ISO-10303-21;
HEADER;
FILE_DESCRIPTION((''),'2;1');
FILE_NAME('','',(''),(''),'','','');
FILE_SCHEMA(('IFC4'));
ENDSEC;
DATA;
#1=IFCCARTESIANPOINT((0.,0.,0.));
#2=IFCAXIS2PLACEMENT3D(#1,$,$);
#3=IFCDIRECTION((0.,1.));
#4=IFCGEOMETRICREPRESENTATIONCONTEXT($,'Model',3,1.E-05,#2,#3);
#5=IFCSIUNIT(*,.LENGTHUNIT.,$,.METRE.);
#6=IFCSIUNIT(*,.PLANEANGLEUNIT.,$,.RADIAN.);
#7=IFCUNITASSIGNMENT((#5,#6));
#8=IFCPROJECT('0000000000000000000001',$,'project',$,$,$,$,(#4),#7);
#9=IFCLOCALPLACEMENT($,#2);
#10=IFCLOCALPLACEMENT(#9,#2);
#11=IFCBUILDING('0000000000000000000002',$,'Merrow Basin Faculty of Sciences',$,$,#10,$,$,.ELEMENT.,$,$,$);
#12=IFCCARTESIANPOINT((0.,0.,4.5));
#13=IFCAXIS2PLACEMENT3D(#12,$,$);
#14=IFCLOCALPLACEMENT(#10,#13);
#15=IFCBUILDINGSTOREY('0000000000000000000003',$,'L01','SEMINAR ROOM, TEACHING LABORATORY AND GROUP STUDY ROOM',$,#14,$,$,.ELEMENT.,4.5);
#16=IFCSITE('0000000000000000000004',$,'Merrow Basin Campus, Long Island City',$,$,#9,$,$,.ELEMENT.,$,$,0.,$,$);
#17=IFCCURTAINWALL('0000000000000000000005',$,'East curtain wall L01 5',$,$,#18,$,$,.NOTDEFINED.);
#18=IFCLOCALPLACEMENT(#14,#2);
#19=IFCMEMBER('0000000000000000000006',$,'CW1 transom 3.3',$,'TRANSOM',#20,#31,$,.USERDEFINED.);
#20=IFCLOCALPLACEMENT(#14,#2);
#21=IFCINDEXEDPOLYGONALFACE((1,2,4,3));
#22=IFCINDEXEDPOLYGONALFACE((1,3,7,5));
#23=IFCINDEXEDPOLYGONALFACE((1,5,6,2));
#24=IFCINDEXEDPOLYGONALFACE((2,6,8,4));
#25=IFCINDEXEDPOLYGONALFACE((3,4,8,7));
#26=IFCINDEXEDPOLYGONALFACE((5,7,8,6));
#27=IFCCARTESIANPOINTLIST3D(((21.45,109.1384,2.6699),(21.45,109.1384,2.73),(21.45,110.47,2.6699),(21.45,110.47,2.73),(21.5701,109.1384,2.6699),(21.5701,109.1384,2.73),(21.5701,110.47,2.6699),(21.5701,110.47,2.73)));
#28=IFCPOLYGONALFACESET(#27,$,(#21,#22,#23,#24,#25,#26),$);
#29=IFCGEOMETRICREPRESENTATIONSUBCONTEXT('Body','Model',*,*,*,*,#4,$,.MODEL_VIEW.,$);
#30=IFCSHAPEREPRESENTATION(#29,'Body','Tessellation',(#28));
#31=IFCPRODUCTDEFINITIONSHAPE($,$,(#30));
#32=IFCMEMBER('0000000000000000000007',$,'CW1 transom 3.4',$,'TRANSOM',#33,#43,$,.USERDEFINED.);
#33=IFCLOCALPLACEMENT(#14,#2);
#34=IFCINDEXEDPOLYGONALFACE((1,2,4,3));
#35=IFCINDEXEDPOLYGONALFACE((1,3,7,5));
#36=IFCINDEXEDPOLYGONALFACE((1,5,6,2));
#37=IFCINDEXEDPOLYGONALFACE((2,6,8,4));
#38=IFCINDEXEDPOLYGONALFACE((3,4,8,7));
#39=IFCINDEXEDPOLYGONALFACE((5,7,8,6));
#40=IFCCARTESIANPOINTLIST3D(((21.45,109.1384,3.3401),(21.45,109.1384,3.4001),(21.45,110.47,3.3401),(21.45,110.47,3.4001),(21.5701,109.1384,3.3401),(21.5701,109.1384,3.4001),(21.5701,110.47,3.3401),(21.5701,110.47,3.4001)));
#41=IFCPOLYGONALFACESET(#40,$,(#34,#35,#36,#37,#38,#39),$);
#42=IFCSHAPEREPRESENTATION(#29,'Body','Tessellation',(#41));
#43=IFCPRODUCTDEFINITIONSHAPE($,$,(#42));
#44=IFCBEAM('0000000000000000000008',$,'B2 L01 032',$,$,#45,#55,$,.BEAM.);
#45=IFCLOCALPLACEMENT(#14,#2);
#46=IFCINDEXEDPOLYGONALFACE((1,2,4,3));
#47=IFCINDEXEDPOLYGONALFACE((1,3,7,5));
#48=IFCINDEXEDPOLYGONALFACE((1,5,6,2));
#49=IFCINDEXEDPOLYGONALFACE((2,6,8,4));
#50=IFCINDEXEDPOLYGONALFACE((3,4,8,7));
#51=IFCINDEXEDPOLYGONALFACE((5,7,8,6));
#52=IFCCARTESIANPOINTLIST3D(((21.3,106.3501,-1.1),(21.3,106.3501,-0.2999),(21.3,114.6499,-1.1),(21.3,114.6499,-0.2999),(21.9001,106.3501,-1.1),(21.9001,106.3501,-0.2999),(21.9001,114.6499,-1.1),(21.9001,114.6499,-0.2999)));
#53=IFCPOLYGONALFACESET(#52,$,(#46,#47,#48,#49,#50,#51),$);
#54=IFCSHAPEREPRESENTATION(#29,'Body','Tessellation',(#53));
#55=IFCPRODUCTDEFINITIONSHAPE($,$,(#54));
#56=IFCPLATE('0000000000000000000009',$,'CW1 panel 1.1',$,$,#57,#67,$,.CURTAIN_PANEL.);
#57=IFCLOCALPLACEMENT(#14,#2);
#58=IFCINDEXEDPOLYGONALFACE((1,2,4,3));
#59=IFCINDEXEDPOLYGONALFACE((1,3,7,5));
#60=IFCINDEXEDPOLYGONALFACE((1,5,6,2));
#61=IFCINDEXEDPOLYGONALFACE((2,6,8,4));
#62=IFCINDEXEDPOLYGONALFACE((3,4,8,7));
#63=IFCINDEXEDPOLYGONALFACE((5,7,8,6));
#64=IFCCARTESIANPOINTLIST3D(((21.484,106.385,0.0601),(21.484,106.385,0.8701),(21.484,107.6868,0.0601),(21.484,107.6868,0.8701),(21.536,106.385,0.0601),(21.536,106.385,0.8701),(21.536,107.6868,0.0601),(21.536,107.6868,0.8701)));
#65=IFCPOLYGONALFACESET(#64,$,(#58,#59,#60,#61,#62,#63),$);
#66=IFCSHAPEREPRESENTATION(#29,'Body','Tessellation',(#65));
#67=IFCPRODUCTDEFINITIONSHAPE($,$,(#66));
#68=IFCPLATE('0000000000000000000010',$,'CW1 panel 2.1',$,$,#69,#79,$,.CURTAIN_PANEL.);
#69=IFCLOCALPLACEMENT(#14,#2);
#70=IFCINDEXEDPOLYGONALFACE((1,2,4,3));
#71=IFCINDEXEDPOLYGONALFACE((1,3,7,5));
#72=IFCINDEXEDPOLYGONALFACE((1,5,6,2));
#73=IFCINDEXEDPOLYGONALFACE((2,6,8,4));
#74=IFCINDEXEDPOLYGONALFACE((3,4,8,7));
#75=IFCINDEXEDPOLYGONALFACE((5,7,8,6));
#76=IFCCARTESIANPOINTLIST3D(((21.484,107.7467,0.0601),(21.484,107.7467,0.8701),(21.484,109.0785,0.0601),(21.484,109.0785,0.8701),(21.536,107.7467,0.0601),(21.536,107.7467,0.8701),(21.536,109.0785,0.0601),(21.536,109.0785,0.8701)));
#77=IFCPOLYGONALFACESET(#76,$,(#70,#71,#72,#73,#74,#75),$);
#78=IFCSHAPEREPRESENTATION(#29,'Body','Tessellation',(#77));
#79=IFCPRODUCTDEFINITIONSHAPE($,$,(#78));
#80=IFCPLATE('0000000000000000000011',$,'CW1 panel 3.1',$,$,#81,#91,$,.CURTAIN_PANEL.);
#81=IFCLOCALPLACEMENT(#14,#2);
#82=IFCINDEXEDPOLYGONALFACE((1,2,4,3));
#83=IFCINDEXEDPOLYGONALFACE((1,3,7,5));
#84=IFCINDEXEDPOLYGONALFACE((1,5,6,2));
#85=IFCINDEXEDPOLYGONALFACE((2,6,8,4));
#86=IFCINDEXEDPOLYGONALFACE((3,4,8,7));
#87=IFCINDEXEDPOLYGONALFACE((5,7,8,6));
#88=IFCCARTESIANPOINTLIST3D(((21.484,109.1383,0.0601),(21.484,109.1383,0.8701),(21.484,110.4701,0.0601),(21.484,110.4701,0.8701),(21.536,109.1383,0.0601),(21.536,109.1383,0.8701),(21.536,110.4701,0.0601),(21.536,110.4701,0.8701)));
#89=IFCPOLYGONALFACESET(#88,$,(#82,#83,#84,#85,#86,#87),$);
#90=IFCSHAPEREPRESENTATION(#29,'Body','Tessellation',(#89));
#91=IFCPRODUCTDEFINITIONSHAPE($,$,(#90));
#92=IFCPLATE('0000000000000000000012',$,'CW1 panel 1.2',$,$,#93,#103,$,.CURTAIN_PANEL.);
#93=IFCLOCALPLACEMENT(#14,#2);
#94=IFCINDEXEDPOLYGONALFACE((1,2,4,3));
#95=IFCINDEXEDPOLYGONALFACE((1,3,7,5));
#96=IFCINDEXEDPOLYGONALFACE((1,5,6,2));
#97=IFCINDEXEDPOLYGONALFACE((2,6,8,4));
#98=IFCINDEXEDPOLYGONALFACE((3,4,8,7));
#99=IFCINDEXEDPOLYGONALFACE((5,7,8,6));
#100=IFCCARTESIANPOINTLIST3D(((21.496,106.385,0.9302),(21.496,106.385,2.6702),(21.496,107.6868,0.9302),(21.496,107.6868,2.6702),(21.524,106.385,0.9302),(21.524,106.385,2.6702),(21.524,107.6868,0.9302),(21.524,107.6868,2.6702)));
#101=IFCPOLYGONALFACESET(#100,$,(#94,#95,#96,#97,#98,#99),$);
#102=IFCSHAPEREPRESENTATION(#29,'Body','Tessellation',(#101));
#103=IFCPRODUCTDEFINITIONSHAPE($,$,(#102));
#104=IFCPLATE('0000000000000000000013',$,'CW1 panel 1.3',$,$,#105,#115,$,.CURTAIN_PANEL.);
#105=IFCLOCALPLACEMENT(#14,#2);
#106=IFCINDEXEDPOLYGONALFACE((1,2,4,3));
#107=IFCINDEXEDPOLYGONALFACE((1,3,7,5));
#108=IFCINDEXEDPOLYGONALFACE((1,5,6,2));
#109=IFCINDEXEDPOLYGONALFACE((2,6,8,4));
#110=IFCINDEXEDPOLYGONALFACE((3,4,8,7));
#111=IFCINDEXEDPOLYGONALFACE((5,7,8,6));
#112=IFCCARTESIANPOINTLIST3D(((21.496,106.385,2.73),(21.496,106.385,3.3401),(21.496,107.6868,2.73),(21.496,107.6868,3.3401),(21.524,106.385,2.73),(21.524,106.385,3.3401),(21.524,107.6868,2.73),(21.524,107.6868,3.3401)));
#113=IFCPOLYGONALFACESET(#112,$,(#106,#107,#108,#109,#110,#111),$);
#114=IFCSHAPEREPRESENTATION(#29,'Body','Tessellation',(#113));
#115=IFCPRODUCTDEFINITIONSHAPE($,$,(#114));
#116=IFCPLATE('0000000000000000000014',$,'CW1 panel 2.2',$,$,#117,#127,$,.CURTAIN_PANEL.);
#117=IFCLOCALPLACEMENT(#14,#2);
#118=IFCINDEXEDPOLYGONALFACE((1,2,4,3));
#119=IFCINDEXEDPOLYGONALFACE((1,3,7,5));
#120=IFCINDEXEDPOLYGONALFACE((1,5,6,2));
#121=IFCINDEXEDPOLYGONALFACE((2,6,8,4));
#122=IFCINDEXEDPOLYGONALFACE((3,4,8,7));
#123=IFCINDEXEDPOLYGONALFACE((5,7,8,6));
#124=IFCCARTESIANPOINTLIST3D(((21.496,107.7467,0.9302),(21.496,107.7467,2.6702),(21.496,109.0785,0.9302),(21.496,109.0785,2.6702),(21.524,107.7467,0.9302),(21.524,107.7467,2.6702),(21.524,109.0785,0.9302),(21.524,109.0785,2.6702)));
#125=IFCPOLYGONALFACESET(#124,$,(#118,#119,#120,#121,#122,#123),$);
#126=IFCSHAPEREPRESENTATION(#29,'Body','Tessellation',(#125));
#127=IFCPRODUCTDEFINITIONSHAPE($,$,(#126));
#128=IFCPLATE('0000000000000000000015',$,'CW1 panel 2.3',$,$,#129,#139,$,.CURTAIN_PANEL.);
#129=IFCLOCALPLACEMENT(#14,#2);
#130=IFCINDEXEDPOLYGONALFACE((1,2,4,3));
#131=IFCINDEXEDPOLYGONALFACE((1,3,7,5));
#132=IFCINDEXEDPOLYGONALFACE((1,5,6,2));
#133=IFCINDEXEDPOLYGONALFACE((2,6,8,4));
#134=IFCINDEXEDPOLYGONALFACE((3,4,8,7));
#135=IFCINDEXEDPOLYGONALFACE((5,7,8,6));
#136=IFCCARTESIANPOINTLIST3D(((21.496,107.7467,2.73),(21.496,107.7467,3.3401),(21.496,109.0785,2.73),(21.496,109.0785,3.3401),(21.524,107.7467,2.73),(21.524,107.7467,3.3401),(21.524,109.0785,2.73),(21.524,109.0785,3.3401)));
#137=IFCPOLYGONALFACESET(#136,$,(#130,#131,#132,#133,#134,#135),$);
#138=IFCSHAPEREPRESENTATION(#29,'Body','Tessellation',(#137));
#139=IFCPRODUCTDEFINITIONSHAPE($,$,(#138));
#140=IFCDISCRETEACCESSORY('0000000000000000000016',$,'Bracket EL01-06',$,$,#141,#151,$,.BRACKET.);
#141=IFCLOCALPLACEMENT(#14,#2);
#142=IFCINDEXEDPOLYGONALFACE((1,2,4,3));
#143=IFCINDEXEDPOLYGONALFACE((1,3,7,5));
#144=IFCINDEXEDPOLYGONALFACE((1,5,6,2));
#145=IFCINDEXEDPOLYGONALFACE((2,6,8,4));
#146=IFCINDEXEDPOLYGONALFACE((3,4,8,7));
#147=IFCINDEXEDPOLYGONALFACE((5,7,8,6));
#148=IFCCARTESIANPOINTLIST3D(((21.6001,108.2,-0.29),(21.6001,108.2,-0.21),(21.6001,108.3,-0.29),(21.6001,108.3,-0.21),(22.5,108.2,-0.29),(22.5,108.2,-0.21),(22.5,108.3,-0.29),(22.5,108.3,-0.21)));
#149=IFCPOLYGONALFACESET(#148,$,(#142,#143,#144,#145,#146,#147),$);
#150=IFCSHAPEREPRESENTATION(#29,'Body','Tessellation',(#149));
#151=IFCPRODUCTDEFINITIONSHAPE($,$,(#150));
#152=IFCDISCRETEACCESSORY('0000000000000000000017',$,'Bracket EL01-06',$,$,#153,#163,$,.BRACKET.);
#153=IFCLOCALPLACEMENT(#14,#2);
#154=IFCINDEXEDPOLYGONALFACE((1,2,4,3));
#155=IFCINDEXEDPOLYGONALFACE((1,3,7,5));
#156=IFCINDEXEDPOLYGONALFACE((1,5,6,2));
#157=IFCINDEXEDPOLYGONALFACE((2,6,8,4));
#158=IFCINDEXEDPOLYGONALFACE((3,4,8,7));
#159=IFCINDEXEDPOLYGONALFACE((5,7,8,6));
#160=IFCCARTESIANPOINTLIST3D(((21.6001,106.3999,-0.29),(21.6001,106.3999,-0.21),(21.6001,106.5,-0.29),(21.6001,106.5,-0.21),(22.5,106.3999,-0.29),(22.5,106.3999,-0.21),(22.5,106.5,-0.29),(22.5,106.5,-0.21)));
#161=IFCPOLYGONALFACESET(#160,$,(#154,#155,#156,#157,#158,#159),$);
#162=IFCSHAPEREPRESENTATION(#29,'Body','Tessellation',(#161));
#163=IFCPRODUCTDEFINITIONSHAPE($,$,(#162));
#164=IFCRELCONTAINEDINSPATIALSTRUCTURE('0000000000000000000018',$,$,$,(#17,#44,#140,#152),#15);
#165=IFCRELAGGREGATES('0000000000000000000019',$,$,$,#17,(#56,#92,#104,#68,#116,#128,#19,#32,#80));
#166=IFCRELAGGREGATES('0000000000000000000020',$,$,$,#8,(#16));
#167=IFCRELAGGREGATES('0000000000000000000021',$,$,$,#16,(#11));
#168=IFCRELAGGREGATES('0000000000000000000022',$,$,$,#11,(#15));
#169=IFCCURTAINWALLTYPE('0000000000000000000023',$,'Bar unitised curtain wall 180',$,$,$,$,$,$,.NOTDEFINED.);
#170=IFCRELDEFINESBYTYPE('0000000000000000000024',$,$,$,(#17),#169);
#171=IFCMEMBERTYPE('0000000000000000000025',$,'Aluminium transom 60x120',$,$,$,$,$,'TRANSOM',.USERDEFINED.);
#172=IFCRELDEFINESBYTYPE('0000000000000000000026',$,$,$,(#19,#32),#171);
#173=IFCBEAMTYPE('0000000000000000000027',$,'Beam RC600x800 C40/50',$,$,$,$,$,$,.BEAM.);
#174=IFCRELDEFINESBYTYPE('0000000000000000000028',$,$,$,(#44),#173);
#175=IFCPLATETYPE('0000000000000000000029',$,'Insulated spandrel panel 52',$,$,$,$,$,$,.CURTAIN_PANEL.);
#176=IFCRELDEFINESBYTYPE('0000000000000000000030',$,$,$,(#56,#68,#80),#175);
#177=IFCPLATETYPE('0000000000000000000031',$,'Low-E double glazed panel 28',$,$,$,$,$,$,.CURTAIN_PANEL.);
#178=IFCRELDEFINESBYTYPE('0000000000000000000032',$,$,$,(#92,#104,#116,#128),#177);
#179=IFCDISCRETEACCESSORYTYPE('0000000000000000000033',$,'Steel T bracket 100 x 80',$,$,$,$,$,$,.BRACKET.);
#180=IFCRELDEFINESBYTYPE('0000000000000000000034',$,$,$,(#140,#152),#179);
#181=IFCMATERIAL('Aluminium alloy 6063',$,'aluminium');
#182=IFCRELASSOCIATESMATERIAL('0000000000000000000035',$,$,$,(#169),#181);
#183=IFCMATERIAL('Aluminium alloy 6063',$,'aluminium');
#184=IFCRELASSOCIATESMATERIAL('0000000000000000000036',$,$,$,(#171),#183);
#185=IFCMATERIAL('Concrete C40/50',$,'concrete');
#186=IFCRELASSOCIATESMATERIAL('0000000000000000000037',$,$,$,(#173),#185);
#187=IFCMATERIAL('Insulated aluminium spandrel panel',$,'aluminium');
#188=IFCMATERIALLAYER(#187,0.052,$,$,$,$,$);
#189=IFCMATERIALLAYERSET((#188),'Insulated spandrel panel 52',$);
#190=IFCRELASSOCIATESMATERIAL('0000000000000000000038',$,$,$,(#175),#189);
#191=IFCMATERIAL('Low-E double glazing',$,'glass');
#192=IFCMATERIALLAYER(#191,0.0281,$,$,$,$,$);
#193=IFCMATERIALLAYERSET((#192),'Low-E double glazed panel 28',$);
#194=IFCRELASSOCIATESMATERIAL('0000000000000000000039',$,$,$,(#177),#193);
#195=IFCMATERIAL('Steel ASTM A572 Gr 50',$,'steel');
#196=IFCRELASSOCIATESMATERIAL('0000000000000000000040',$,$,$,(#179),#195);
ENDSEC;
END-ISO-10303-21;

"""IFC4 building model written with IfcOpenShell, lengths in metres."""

from ifc_helpers import new_model, si_unit, direction, frame, origin, origin_2d, place, context, subcontext, project, spatial, polyline, rectangle, outline, extrude, source, transform, mapped, material, layer, layer_set, material_profile, profile_set, type_object, element, aggregate, save


model = new_model("IFC4")

# Units and contexts
model_context = context("Model", 3, precision=1e-05, world=origin(), true_north=direction((0.0, 1.0)))
body_context = subcontext(model_context, "Body", "Model", "MODEL_VIEW")
ifc_project = project(units=[si_unit("LENGTHUNIT", "METRE"), si_unit("PLANEANGLEUNIT", "RADIAN")], contexts=[model_context])

# Site, building, storey
site_placement = place(None, origin())
site = spatial("IfcSite", under=ifc_project, at=site_placement, Name="Merrow Basin Campus, Long Island City", CompositionType="ELEMENT", RefElevation=0.0)
building_placement = place(site_placement, origin())
building = spatial("IfcBuilding", under=site, at=building_placement, Name="Merrow Basin Faculty of Sciences", CompositionType="ELEMENT")
storey_placement = place(building_placement, frame((0.0, 0.0, 4.5)))
storey = spatial("IfcBuildingStorey", under=building, at=storey_placement, Name="L01", Description="SEMINAR ROOM, TEACHING LABORATORY AND GROUP STUDY ROOM", CompositionType="ELEMENT", Elevation=4.5)

# Curtain wall, members
ifc_material_1 = material(Name="Aluminium alloy 6063", Category="aluminium")
curtain_wall_type = type_object("IfcCurtainWallType", Name="Bar unitised curtain wall 180", PredefinedType="NOTDEFINED", material=ifc_material_1)
curtain_wall_placement = place(storey_placement, origin())
curtain_wall = element("IfcCurtainWall", 1, at=curtain_wall_placement, inside=storey, type_object=curtain_wall_type, Name="East curtain wall L01 5", PredefinedType="NOTDEFINED")
ifc_material_2 = material(Name="Aluminium alloy 6063", Category="aluminium")
ifc_material_profile_1 = material_profile(ifc_material_2, rectangle(XDim=0.1201, YDim=0.0601, at=origin_2d()))
ifc_profile_set_1 = profile_set([ifc_material_profile_1], Name="Aluminium alloy 6063")
member_type_1 = type_object("IfcMemberType", Name="Aluminium transom 60x120", ElementType="TRANSOM", PredefinedType="USERDEFINED", material=ifc_profile_set_1)
member_1_placement = place(storey_placement, frame((21.51, 109.1384, 2.7), z_axis=(0.0, 1.0, 0.0), x_axis=(-1.0, 0.0, 0.0)))
member_1 = element("IfcMember", 2, at=member_1_placement, type_object=member_type_1, Name="CW1 transom 3.3", ObjectType="TRANSOM", PredefinedType="USERDEFINED", context=body_context, shape_type="SweptSolid", body=[
    extrude(rectangle(XDim=0.1201, YDim=0.0601, at=origin_2d()), origin(), (0.0, 0.0, 1.0), 1.3315),
])
member_2_placement = place(storey_placement, frame((21.51, 109.1384, 3.3701), z_axis=(0.0, 1.0, 0.0), x_axis=(-1.0, 0.0, 0.0)))
member_2 = element("IfcMember", 3, at=member_2_placement, type_object=member_type_1, Name="CW1 transom 3.4", ObjectType="TRANSOM", PredefinedType="USERDEFINED", context=body_context, shape_type="SweptSolid", body=[
    extrude(rectangle(XDim=0.1201, YDim=0.0601, at=origin_2d()), origin(), (0.0, 0.0, 1.0), 1.3315),
])

# Beam
ifc_material_3 = material(Name="Concrete C40/50", Category="concrete")
ifc_material_profile_2 = material_profile(ifc_material_3, rectangle(XDim=0.6001, YDim=0.8, at=origin_2d()))
ifc_profile_set_2 = profile_set([ifc_material_profile_2], Name="Concrete C40/50")
beam_type = type_object("IfcBeamType", Name="Beam RC600x800 C40/50", PredefinedType="BEAM", material=ifc_profile_set_2)
beam_placement = place(storey_placement, frame((21.6001, 106.3501, -0.7), z_axis=(0.0, 1.0, 0.0), x_axis=(-1.0, 0.0, 0.0)))
element("IfcBeam", 4, at=beam_placement, inside=storey, type_object=beam_type, Name="B2 L01 032", PredefinedType="BEAM", context=body_context, shape_type="SweptSolid", body=[
    extrude(rectangle(XDim=0.6001, YDim=0.8, at=origin_2d()), origin(), (0.0, 0.0, 1.0), 8.2998),
])

# Plates
ifc_material_4 = material(Name="Insulated aluminium spandrel panel", Category="aluminium")
ifc_layer_1 = layer(ifc_material_4, 0.052)
ifc_layer_set_1 = layer_set([ifc_layer_1], Name="Insulated spandrel panel 52")
plate_type_1 = type_object("IfcPlateType", Name="Insulated spandrel panel 52", PredefinedType="CURTAIN_PANEL", material=ifc_layer_set_1)
plate_1_placement = place(storey_placement, frame((21.51, 107.0359, 0.0601), z_axis=(0.0, 0.0, 1.0), x_axis=(0.0, 1.0, 0.0)))
plate_1 = element("IfcPlate", 5, at=plate_1_placement, type_object=plate_type_1, Name="CW1 panel 1.1", PredefinedType="CURTAIN_PANEL", context=body_context, shape_type="SweptSolid", body=[
    extrude(rectangle(XDim=1.3018, YDim=0.052, at=origin_2d()), origin(), (0.0, 0.0, 1.0), 0.8101),
])
plate_2_placement = place(storey_placement, frame((21.51, 108.4126, 0.0601), z_axis=(0.0, 0.0, 1.0), x_axis=(0.0, 1.0, 0.0)))
plate_2 = element("IfcPlate", 6, at=plate_2_placement, type_object=plate_type_1, Name="CW1 panel 2.1", PredefinedType="CURTAIN_PANEL", context=body_context, shape_type="SweptSolid", body=[
    extrude(rectangle(XDim=1.3318, YDim=0.052, at=origin_2d()), origin(), (0.0, 0.0, 1.0), 0.8101),
])
plate_3_placement = place(storey_placement, frame((21.51, 109.8042, 0.0601), z_axis=(0.0, 0.0, 1.0), x_axis=(0.0, 1.0, 0.0)))
plate_3 = element("IfcPlate", 7, at=plate_3_placement, type_object=plate_type_1, Name="CW1 panel 3.1", PredefinedType="CURTAIN_PANEL", context=body_context, shape_type="SweptSolid", body=[
    extrude(rectangle(XDim=1.3318, YDim=0.052, at=origin_2d()), origin(), (0.0, 0.0, 1.0), 0.8101),
])
ifc_material_5 = material(Name="Low-E double glazing", Category="glass")
ifc_layer_2 = layer(ifc_material_5, 0.0281)
ifc_layer_set_2 = layer_set([ifc_layer_2], Name="Low-E double glazed panel 28")
plate_type_2 = type_object("IfcPlateType", Name="Low-E double glazed panel 28", PredefinedType="CURTAIN_PANEL", material=ifc_layer_set_2)
plate_4_placement = place(storey_placement, frame((21.51, 107.0359, 0.9302), z_axis=(0.0, 0.0, 1.0), x_axis=(0.0, 1.0, 0.0)))
plate_4 = element("IfcPlate", 8, at=plate_4_placement, type_object=plate_type_2, Name="CW1 panel 1.2", PredefinedType="CURTAIN_PANEL", context=body_context, shape_type="SweptSolid", body=[
    extrude(rectangle(XDim=1.3018, YDim=0.0281, at=origin_2d()), origin(), (0.0, 0.0, 1.0), 1.74),
])
plate_5_placement = place(storey_placement, frame((21.51, 107.0359, 2.73), z_axis=(0.0, 0.0, 1.0), x_axis=(0.0, 1.0, 0.0)))
plate_5 = element("IfcPlate", 9, at=plate_5_placement, type_object=plate_type_2, Name="CW1 panel 1.3", PredefinedType="CURTAIN_PANEL", context=body_context, shape_type="SweptSolid", body=[
    extrude(rectangle(XDim=1.3018, YDim=0.0281, at=origin_2d()), origin(), (0.0, 0.0, 1.0), 0.6101),
])
plate_6_placement = place(storey_placement, frame((21.51, 108.4126, 0.9302), z_axis=(0.0, 0.0, 1.0), x_axis=(0.0, 1.0, 0.0)))
plate_6 = element("IfcPlate", 10, at=plate_6_placement, type_object=plate_type_2, Name="CW1 panel 2.2", PredefinedType="CURTAIN_PANEL", context=body_context, shape_type="SweptSolid", body=[
    extrude(rectangle(XDim=1.3318, YDim=0.0281, at=origin_2d()), origin(), (0.0, 0.0, 1.0), 1.74),
])
plate_7_placement = place(storey_placement, frame((21.51, 108.4126, 2.73), z_axis=(0.0, 0.0, 1.0), x_axis=(0.0, 1.0, 0.0)))
plate_7 = element("IfcPlate", 11, at=plate_7_placement, type_object=plate_type_2, Name="CW1 panel 2.3", PredefinedType="CURTAIN_PANEL", context=body_context, shape_type="SweptSolid", body=[
    extrude(rectangle(XDim=1.3318, YDim=0.0281, at=origin_2d()), origin(), (0.0, 0.0, 1.0), 0.6101),
])
aggregate(curtain_wall, [plate_1, plate_4, plate_5, plate_2, plate_6, plate_7, member_1, member_2, plate_3])

# Discrete accessories
ifc_material_6 = material(Name="Steel ASTM A572 Gr 50", Category="steel")
discrete_accessory_type = type_object("IfcDiscreteAccessoryType", Name="Steel T bracket 100 x 80", PredefinedType="BRACKET", material=ifc_material_6)
shared_shape_1 = source(origin(), body_context, "Body", "SweptSolid", [
    extrude(outline(polyline([(0.0, 0.0), (0.1001, 0.0), (0.1001, 0.0801), (0.0, 0.0801), (0.0, 0.0)])), origin(), (0.0, 0.0, 1.0), 0.8999),
])
for number, where, z_axis, x_axis, name in (
    (12, (22.5, 108.3, -0.29), (-1.0, 0.0, 0.0), (0.0, -1.0, 0.0), "Bracket EL01-06"),
    (13, (22.5, 106.5, -0.29), (-1.0, 0.0, 0.0), (0.0, -1.0, 0.0), "Bracket EL01-06"),
):
    element("IfcDiscreteAccessory", number, at=place(storey_placement, frame(where, z_axis=z_axis, x_axis=x_axis)), inside=storey, type_object=discrete_accessory_type, Name=name, PredefinedType="BRACKET", context=body_context, shape_type="MappedRepresentation", body=[
        mapped(shared_shape_1, transform((0.0, 0.0, 0.0), scale=1.0)),
    ])

save(model, "model.ifc")
